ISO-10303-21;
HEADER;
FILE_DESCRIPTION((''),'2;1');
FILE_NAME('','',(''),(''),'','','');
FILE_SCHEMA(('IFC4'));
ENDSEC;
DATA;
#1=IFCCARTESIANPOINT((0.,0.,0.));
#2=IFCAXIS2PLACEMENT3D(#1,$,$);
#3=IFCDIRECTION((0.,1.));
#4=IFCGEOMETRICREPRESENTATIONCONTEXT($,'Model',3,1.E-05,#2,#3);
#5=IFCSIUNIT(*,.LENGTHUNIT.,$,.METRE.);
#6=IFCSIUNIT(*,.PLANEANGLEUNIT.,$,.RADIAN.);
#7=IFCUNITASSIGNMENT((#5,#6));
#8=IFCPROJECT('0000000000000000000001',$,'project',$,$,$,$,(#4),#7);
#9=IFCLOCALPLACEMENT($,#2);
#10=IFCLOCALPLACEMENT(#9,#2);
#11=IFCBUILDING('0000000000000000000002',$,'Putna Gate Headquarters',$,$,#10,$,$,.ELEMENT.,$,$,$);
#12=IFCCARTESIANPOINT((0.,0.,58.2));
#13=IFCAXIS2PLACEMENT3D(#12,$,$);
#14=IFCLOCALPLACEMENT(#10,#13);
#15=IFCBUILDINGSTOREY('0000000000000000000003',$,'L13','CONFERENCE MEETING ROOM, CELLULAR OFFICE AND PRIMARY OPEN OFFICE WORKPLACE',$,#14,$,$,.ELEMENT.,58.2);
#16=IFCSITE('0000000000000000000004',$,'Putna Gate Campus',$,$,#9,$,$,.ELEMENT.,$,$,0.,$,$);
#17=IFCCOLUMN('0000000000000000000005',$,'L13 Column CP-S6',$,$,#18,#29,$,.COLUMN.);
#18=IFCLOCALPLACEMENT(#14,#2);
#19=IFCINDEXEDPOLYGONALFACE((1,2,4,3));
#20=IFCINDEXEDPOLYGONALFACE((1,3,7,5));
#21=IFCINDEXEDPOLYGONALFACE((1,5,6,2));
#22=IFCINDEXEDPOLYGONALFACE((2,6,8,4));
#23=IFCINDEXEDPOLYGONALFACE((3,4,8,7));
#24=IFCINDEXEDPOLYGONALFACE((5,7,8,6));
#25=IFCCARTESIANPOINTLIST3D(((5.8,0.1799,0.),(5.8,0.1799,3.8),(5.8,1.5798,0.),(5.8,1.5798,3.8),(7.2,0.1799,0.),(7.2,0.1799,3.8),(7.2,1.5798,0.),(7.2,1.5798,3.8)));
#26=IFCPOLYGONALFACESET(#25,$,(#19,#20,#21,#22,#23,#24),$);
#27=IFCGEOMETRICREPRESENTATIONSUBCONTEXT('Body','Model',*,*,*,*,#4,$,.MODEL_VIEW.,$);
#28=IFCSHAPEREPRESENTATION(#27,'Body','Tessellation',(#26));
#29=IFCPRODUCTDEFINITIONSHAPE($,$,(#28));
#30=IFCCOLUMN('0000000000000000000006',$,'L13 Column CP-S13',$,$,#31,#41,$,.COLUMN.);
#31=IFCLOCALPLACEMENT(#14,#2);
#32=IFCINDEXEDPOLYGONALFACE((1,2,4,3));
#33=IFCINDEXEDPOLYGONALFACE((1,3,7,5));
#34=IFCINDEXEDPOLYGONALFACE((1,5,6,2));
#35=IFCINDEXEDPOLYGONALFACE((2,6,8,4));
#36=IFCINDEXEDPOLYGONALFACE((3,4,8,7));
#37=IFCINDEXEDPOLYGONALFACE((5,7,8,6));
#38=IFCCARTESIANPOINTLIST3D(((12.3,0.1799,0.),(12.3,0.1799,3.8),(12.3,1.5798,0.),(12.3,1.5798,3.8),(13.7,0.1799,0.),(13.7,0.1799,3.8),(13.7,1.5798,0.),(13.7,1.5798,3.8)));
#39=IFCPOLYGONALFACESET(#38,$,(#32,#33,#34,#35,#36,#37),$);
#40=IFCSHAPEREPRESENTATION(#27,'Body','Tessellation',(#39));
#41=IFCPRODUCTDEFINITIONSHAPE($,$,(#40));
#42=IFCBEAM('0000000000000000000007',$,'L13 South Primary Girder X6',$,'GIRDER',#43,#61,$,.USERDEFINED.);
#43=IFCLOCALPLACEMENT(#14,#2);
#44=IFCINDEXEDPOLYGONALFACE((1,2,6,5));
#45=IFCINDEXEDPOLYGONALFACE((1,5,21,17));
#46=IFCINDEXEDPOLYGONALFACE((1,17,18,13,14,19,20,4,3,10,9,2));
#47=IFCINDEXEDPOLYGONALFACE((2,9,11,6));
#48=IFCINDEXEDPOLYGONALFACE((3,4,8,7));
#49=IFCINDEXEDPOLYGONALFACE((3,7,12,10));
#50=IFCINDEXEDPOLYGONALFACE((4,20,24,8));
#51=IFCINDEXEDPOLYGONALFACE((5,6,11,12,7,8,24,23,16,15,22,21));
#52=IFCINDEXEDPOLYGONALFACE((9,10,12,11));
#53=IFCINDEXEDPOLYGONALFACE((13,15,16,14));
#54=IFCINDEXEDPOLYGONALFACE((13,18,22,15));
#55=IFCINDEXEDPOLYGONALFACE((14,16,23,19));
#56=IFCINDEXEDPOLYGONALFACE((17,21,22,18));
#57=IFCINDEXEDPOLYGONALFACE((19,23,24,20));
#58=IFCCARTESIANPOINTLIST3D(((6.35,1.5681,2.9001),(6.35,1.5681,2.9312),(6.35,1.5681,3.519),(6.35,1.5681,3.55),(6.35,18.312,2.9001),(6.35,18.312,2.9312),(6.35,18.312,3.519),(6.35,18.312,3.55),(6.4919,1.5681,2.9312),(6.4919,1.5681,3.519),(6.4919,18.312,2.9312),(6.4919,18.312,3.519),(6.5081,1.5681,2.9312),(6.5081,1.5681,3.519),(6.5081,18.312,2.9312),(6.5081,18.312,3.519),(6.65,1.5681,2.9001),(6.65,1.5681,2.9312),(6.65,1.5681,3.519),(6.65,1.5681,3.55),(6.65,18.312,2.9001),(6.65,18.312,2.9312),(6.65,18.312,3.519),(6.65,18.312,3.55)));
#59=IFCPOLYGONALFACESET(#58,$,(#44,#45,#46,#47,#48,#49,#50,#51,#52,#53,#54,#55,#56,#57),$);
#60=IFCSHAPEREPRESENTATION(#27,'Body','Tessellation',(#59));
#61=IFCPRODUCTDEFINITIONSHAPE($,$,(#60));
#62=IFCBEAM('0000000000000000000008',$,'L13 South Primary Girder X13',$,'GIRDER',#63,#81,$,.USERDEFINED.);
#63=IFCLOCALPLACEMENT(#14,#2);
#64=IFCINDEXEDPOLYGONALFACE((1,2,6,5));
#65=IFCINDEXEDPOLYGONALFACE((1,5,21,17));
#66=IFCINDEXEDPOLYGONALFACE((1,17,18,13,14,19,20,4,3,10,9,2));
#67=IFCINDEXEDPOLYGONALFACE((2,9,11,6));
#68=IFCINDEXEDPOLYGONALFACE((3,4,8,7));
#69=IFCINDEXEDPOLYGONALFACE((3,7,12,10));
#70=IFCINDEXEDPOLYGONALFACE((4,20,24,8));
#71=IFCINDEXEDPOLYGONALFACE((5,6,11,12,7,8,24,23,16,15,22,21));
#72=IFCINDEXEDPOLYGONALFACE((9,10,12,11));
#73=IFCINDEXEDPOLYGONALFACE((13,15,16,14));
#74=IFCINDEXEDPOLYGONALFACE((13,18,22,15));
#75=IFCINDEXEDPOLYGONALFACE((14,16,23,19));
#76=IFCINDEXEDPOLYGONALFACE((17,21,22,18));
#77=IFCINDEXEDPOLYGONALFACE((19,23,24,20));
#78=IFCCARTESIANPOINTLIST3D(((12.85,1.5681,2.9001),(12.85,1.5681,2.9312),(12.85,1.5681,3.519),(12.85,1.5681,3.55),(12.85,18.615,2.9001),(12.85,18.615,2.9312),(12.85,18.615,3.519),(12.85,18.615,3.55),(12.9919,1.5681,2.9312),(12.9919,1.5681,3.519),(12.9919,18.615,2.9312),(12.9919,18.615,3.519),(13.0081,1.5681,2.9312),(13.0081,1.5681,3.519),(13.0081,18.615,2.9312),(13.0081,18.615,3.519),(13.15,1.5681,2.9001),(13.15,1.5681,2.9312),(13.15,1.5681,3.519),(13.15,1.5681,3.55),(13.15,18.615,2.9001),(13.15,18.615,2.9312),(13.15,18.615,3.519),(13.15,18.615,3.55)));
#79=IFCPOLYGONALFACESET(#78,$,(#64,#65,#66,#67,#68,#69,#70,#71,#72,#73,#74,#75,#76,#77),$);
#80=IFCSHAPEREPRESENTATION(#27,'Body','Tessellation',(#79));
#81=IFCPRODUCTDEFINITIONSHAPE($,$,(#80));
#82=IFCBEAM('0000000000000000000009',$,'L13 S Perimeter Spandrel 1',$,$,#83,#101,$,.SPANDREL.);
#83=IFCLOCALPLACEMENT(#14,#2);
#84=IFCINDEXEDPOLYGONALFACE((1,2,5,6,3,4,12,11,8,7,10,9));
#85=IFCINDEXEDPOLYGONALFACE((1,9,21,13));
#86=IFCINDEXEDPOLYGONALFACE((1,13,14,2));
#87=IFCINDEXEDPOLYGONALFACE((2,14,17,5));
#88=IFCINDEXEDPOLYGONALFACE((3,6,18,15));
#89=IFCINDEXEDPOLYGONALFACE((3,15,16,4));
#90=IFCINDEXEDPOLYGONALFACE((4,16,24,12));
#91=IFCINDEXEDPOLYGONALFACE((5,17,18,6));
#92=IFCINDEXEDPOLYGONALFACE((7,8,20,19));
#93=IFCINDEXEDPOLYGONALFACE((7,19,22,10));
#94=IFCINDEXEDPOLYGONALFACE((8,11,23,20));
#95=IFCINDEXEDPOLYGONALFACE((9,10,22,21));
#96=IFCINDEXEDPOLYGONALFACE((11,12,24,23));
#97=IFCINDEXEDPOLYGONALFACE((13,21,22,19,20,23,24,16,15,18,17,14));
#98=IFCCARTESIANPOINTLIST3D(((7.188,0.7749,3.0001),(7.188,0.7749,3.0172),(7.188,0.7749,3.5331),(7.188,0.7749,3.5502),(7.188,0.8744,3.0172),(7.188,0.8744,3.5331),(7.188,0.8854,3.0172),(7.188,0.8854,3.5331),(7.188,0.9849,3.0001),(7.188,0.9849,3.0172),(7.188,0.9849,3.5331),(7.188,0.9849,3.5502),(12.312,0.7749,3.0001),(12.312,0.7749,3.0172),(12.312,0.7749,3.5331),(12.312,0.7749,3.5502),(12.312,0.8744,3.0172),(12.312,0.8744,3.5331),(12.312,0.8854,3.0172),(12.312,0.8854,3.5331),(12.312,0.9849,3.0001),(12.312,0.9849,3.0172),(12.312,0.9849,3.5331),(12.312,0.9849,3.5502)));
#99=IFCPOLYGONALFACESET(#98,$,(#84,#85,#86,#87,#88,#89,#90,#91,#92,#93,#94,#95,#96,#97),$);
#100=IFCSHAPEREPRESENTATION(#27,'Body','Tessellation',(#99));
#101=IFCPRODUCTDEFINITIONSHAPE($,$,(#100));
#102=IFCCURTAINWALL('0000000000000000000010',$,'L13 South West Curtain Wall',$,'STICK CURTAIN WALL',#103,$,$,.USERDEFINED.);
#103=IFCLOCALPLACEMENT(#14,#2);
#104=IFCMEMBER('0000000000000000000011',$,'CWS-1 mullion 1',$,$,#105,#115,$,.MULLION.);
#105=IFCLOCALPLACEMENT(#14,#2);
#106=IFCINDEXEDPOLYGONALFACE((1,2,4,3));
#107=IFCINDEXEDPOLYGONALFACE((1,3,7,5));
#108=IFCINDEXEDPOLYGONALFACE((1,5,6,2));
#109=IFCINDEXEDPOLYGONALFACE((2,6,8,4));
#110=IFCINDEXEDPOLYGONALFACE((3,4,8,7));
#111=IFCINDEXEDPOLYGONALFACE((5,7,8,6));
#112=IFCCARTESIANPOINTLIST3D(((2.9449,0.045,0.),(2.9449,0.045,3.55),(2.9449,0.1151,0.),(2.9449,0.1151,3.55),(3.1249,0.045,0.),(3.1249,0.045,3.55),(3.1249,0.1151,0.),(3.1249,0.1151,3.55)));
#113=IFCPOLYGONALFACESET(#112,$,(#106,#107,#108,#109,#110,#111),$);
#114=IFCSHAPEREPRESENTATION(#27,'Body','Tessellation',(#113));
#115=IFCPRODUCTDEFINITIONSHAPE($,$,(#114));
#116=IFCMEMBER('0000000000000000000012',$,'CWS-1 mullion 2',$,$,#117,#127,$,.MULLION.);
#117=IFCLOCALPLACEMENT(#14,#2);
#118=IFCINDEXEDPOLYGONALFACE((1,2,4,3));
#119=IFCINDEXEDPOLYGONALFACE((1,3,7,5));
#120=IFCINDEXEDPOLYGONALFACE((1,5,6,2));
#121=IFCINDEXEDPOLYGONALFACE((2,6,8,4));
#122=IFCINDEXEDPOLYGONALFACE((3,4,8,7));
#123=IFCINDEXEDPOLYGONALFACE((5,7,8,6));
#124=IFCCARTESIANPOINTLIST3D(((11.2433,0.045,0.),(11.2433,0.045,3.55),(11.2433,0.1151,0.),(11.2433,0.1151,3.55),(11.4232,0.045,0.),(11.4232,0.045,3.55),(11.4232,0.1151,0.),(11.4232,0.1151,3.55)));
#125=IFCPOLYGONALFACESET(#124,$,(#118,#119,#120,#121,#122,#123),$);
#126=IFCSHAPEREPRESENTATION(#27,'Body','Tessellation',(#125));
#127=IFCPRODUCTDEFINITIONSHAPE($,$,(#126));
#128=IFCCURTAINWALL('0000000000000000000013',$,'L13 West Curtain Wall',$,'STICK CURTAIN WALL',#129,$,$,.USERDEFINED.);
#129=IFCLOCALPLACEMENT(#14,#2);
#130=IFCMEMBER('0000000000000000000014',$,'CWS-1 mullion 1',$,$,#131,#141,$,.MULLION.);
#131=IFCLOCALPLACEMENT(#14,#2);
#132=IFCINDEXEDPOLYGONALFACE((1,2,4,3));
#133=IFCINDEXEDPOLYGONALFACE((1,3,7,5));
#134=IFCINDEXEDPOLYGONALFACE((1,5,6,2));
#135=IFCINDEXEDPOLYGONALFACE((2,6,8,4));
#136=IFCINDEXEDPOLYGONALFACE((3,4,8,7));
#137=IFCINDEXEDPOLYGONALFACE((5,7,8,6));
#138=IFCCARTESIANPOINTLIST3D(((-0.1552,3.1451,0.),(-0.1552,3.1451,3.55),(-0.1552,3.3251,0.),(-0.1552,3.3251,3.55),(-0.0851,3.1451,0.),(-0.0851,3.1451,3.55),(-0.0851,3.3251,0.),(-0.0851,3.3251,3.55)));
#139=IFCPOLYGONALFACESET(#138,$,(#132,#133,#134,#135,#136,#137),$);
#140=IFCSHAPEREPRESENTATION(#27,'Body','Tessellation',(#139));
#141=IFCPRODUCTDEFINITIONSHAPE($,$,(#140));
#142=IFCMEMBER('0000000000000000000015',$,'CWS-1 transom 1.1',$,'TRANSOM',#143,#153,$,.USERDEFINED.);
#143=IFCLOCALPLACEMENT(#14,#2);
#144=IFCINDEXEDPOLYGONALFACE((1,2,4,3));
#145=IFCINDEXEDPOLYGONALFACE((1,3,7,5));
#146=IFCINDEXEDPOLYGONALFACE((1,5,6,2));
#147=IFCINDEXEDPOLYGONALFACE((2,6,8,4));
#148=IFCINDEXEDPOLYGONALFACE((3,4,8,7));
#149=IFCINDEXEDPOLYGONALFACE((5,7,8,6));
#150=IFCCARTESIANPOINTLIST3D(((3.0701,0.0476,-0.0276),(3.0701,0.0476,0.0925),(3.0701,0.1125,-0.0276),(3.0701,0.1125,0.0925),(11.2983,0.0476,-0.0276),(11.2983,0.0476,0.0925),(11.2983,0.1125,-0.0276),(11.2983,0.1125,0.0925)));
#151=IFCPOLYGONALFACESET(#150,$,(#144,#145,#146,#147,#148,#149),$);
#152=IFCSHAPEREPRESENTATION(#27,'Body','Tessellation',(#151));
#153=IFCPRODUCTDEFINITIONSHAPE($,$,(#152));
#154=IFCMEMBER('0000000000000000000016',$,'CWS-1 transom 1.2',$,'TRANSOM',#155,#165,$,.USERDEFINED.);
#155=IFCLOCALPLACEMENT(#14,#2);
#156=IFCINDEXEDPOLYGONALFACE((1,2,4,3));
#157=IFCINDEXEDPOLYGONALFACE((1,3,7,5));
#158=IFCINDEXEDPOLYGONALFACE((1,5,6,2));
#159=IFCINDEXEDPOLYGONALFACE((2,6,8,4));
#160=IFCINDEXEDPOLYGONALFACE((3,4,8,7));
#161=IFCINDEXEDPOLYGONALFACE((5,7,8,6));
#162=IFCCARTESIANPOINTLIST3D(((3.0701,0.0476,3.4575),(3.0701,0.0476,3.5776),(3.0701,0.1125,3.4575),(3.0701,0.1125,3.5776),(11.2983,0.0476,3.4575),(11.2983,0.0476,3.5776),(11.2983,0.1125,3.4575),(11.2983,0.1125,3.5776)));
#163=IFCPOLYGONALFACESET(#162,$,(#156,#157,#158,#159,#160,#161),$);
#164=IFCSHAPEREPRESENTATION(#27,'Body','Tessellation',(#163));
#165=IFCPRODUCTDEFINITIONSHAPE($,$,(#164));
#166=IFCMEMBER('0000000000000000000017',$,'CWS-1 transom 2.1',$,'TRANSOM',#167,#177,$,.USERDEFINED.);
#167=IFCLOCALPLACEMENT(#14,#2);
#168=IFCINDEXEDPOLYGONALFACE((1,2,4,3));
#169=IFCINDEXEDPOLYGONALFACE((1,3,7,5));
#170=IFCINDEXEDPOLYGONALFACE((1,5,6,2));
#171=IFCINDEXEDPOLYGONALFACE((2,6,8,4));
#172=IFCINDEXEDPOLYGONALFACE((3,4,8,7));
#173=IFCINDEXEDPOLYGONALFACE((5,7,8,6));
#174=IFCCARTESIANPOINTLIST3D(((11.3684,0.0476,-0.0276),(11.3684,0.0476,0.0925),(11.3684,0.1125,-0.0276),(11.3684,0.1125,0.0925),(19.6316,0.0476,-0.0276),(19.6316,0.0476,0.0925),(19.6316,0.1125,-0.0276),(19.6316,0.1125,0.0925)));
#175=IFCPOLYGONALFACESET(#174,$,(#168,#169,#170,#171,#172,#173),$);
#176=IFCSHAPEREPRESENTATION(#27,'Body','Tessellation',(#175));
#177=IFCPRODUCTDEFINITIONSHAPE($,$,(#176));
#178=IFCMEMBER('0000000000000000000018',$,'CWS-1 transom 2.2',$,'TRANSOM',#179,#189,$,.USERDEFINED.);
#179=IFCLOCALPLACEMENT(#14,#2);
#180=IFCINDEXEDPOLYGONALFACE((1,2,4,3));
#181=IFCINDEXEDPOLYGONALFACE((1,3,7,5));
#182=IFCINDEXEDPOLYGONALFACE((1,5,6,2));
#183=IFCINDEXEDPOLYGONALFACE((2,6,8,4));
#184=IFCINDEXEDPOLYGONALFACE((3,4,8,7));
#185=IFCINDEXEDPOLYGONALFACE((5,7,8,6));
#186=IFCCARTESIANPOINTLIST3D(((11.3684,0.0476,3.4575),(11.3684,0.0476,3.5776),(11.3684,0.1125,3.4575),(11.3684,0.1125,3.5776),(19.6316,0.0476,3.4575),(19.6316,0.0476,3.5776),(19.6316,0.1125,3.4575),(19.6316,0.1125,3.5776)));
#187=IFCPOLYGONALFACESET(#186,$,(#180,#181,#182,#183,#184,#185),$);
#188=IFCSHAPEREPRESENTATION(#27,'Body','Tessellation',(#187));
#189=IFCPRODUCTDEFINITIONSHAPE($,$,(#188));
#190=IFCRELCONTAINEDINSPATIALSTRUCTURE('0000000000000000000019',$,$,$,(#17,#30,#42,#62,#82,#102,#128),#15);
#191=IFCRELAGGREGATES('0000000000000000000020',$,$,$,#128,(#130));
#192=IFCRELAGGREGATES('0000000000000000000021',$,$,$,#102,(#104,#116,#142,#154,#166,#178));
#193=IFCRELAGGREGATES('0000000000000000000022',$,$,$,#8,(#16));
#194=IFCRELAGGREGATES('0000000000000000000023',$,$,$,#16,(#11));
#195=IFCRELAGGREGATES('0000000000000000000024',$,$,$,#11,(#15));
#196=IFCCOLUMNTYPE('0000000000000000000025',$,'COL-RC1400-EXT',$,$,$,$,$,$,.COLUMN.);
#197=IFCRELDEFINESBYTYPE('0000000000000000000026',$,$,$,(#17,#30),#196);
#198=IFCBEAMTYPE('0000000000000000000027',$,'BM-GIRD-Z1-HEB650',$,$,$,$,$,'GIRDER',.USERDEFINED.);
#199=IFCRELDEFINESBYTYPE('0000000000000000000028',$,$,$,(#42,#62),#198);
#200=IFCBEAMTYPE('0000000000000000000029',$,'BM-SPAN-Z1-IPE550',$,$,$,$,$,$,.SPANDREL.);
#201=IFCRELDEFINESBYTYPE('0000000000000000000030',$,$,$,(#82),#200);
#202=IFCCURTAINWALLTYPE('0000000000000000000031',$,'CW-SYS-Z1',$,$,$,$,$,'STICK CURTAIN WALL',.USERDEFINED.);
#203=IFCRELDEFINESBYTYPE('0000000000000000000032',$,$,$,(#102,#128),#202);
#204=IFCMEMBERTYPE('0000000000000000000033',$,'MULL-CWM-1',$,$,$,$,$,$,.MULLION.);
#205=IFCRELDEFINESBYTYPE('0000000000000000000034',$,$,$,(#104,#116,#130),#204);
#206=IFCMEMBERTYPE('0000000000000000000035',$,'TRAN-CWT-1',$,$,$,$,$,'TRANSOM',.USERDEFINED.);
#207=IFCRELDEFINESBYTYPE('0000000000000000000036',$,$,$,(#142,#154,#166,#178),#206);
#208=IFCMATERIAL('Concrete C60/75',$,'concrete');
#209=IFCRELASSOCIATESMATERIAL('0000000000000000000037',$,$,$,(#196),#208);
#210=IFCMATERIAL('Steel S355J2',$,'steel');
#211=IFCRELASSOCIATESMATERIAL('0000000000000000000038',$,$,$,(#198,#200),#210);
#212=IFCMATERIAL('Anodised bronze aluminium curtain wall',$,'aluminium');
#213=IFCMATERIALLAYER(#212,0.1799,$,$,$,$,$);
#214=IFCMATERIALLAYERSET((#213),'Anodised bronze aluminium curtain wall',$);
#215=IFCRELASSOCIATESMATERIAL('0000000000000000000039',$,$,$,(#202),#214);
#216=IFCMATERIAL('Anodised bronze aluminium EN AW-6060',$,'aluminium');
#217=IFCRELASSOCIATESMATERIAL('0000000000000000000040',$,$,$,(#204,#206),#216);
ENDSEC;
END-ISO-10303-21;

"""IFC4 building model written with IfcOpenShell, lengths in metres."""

from ifc_helpers import new_model, si_unit, direction, frame, origin, origin_2d, place, context, subcontext, project, spatial, rectangle, i_section, extrude, material, layer, layer_set, material_profile, profile_set, type_object, element, aggregate, save


model = new_model("IFC4")

# Units and contexts
model_context = context("Model", 3, precision=1e-05, world=origin(), true_north=direction((0.0, 1.0)))
body_context = subcontext(model_context, "Body", "Model", "MODEL_VIEW")
ifc_project = project(units=[si_unit("LENGTHUNIT", "METRE"), si_unit("PLANEANGLEUNIT", "RADIAN")], contexts=[model_context])

# Site, building, storey
site_placement = place(None, origin())
site = spatial("IfcSite", under=ifc_project, at=site_placement, Name="Putna Gate Campus", CompositionType="ELEMENT", RefElevation=0.0)
building_placement = place(site_placement, origin())
building = spatial("IfcBuilding", under=site, at=building_placement, Name="Putna Gate Headquarters", CompositionType="ELEMENT")
storey_placement = place(building_placement, frame((0.0, 0.0, 58.2)))
storey = spatial("IfcBuildingStorey", under=building, at=storey_placement, Name="L13", Description="CONFERENCE MEETING ROOM, CELLULAR OFFICE AND PRIMARY OPEN OFFICE WORKPLACE", CompositionType="ELEMENT", Elevation=58.2)

# Columns
ifc_material_1 = material(Name="Concrete C60/75", Category="concrete")
ifc_material_profile_1 = material_profile(ifc_material_1, rectangle(XDim=1.3999, YDim=1.3999, at=origin_2d()), Name="Concrete C60/75")
ifc_profile_set_1 = profile_set([ifc_material_profile_1], Name="Concrete C60/75")
column_type = type_object("IfcColumnType", Name="COL-RC1400-EXT", PredefinedType="COLUMN", material=ifc_profile_set_1)
for number, where, z_axis, x_axis, name in (
    (1, (6.5, 0.8799, 0.0), (0.0, 0.0, 1.0), (1.0, 0.0, 0.0), "L13 Column CP-S6"),
    (2, (13.0, 0.8799, 0.0), (0.0, 0.0, 1.0), (1.0, 0.0, 0.0), "L13 Column CP-S13"),
):
    element("IfcColumn", number, at=place(storey_placement, frame(where, z_axis=z_axis, x_axis=x_axis)), inside=storey, type_object=column_type, Name=name, PredefinedType="COLUMN", context=body_context, shape_type="SweptSolid", body=[
        extrude(rectangle(XDim=1.3999, YDim=1.3999, at=origin_2d()), origin(), (0.0, 0.0, 1.0), 3.8),
    ])

# Beams
ifc_material_2 = material(Name="Steel S355J2", Category="steel")
ifc_material_profile_2 = material_profile(ifc_material_2, i_section(OverallWidth=0.3, OverallDepth=0.6499, WebThickness=0.0161, FlangeThickness=0.031, at=origin_2d()), Name="Steel S355J2")
ifc_profile_set_2 = profile_set([ifc_material_profile_2], Name="Steel S355J2")
beam_type_1 = type_object("IfcBeamType", Name="BM-GIRD-Z1-HEB650", ElementType="GIRDER", PredefinedType="USERDEFINED", material=ifc_profile_set_2)
beam_1_placement = place(storey_placement, frame((6.5, 1.5681, 3.2251), z_axis=(0.0, 1.0, 0.0), x_axis=(-1.0, 0.0, 0.0)))
element("IfcBeam", 3, at=beam_1_placement, inside=storey, type_object=beam_type_1, Name="L13 South Primary Girder X6", ObjectType="GIRDER", PredefinedType="USERDEFINED", context=body_context, shape_type="SweptSolid", body=[
    extrude(i_section(OverallWidth=0.3, OverallDepth=0.6499, WebThickness=0.0161, FlangeThickness=0.031, at=origin_2d()), origin(), (0.0, 0.0, 1.0), 16.7439),
])
beam_2_placement = place(storey_placement, frame((13.0, 1.5681, 3.2251), z_axis=(0.0, 1.0, 0.0), x_axis=(-1.0, 0.0, 0.0)))
element("IfcBeam", 4, at=beam_2_placement, inside=storey, type_object=beam_type_1, Name="L13 South Primary Girder X13", ObjectType="GIRDER", PredefinedType="USERDEFINED", context=body_context, shape_type="SweptSolid", body=[
    extrude(i_section(OverallWidth=0.3, OverallDepth=0.6499, WebThickness=0.0161, FlangeThickness=0.031, at=origin_2d()), origin(), (0.0, 0.0, 1.0), 17.0469),
])
ifc_material_profile_3 = material_profile(ifc_material_2, i_section(OverallWidth=0.21, OverallDepth=0.55, WebThickness=0.011, FlangeThickness=0.0171, at=origin_2d()), Name="Steel S355J2")
ifc_profile_set_3 = profile_set([ifc_material_profile_3], Name="Steel S355J2")
beam_type_2 = type_object("IfcBeamType", Name="BM-SPAN-Z1-IPE550", PredefinedType="SPANDREL", material=ifc_profile_set_3)
beam_3_placement = place(storey_placement, frame((7.188, 0.8799, 3.2751), z_axis=(1.0, 0.0, 0.0), x_axis=(0.0, 1.0, 0.0)))
element("IfcBeam", 5, at=beam_3_placement, inside=storey, type_object=beam_type_2, Name="L13 S Perimeter Spandrel 1", PredefinedType="SPANDREL", context=body_context, shape_type="SweptSolid", body=[
    extrude(i_section(OverallWidth=0.21, OverallDepth=0.55, WebThickness=0.011, FlangeThickness=0.0171, at=origin_2d()), origin(), (0.0, 0.0, 1.0), 5.124),
])

# Curtain wall, members
ifc_material_3 = material(Name="Anodised bronze aluminium curtain wall", Category="aluminium")
ifc_layer_1 = layer(ifc_material_3, 0.1799)
ifc_layer_set_1 = layer_set([ifc_layer_1], Name="Anodised bronze aluminium curtain wall")
curtain_wall_type = type_object("IfcCurtainWallType", Name="CW-SYS-Z1", ElementType="STICK CURTAIN WALL", PredefinedType="USERDEFINED", material=ifc_layer_set_1)
curtain_wall_1_placement = place(storey_placement, origin())
curtain_wall_1 = element("IfcCurtainWall", 6, at=curtain_wall_1_placement, inside=storey, type_object=curtain_wall_type, Name="L13 South West Curtain Wall", ObjectType="STICK CURTAIN WALL", PredefinedType="USERDEFINED")
ifc_material_4 = material(Name="Anodised bronze aluminium EN AW-6060", Category="aluminium")
ifc_material_profile_4 = material_profile(ifc_material_4, rectangle(XDim=0.0701, YDim=0.1799, at=origin_2d()), Name="Anodised bronze aluminium EN AW-6060")
ifc_profile_set_4 = profile_set([ifc_material_profile_4], Name="Anodised bronze aluminium EN AW-6060")
member_type_1 = type_object("IfcMemberType", Name="MULL-CWM-1", PredefinedType="MULLION", material=ifc_profile_set_4)
member_1_placement = place(storey_placement, frame((3.0349, 0.0801, 0.0), z_axis=(0.0, 0.0, 1.0), x_axis=(0.0, 1.0, 0.0)))
member_1 = element("IfcMember", 7, at=member_1_placement, type_object=member_type_1, Name="CWS-1 mullion 1", PredefinedType="MULLION", context=body_context, shape_type="SweptSolid", body=[
    extrude(rectangle(XDim=0.0701, YDim=0.1799, at=origin_2d()), origin(), (0.0, 0.0, 1.0), 3.55),
])
member_2_placement = place(storey_placement, frame((11.3333, 0.0801, 0.0), z_axis=(0.0, 0.0, 1.0), x_axis=(0.0, 1.0, 0.0)))
member_2 = element("IfcMember", 8, at=member_2_placement, type_object=member_type_1, Name="CWS-1 mullion 2", PredefinedType="MULLION", context=body_context, shape_type="SweptSolid", body=[
    extrude(rectangle(XDim=0.0701, YDim=0.1799, at=origin_2d()), origin(), (0.0, 0.0, 1.0), 3.55),
])

# Curtain wall, member
curtain_wall_2_placement = place(storey_placement, origin())
curtain_wall_2 = element("IfcCurtainWall", 9, at=curtain_wall_2_placement, inside=storey, type_object=curtain_wall_type, Name="L13 West Curtain Wall", ObjectType="STICK CURTAIN WALL", PredefinedType="USERDEFINED")
member_3_placement = place(storey_placement, frame((-0.1201, 3.2351, 0.0), z_axis=(0.0, 0.0, 1.0), x_axis=(-1.0, 0.0, 0.0)))
member_3 = element("IfcMember", 10, at=member_3_placement, type_object=member_type_1, Name="CWS-1 mullion 1", PredefinedType="MULLION", context=body_context, shape_type="SweptSolid", body=[
    extrude(rectangle(XDim=0.0701, YDim=0.1799, at=origin_2d()), origin(), (0.0, 0.0, 1.0), 3.55),
])

# Members
ifc_material_profile_5 = material_profile(ifc_material_4, rectangle(XDim=0.0649, YDim=0.1201, at=origin_2d()), Name="Anodised bronze aluminium EN AW-6060")
ifc_profile_set_5 = profile_set([ifc_material_profile_5], Name="Anodised bronze aluminium EN AW-6060")
member_type_2 = type_object("IfcMemberType", Name="TRAN-CWT-1", ElementType="TRANSOM", PredefinedType="USERDEFINED", material=ifc_profile_set_5)
member_4_placement = place(storey_placement, frame((3.0701, 0.0801, 0.0325), z_axis=(1.0, 0.0, 0.0), x_axis=(0.0, 1.0, 0.0)))
member_4 = element("IfcMember", 11, at=member_4_placement, type_object=member_type_2, Name="CWS-1 transom 1.1", ObjectType="TRANSOM", PredefinedType="USERDEFINED", context=body_context, shape_type="SweptSolid", body=[
    extrude(rectangle(XDim=0.0649, YDim=0.1201, at=origin_2d()), origin(), (0.0, 0.0, 1.0), 8.2283),
])
member_5_placement = place(storey_placement, frame((3.0701, 0.0801, 3.5176), z_axis=(1.0, 0.0, 0.0), x_axis=(0.0, 1.0, 0.0)))
member_5 = element("IfcMember", 12, at=member_5_placement, type_object=member_type_2, Name="CWS-1 transom 1.2", ObjectType="TRANSOM", PredefinedType="USERDEFINED", context=body_context, shape_type="SweptSolid", body=[
    extrude(rectangle(XDim=0.0649, YDim=0.1201, at=origin_2d()), origin(), (0.0, 0.0, 1.0), 8.2283),
])
member_6_placement = place(storey_placement, frame((11.3684, 0.0801, 0.0325), z_axis=(1.0, 0.0, 0.0), x_axis=(0.0, 1.0, 0.0)))
member_6 = element("IfcMember", 13, at=member_6_placement, type_object=member_type_2, Name="CWS-1 transom 2.1", ObjectType="TRANSOM", PredefinedType="USERDEFINED", context=body_context, shape_type="SweptSolid", body=[
    extrude(rectangle(XDim=0.0649, YDim=0.1201, at=origin_2d()), origin(), (0.0, 0.0, 1.0), 8.2632),
])
member_7_placement = place(storey_placement, frame((11.3684, 0.0801, 3.5176), z_axis=(1.0, 0.0, 0.0), x_axis=(0.0, 1.0, 0.0)))
member_7 = element("IfcMember", 14, at=member_7_placement, type_object=member_type_2, Name="CWS-1 transom 2.2", ObjectType="TRANSOM", PredefinedType="USERDEFINED", context=body_context, shape_type="SweptSolid", body=[
    extrude(rectangle(XDim=0.0649, YDim=0.1201, at=origin_2d()), origin(), (0.0, 0.0, 1.0), 8.2632),
])
aggregate(curtain_wall_2, [member_3])

aggregate(curtain_wall_1, [member_1, member_2, member_4, member_5, member_6, member_7])

save(model, "model.ifc")
